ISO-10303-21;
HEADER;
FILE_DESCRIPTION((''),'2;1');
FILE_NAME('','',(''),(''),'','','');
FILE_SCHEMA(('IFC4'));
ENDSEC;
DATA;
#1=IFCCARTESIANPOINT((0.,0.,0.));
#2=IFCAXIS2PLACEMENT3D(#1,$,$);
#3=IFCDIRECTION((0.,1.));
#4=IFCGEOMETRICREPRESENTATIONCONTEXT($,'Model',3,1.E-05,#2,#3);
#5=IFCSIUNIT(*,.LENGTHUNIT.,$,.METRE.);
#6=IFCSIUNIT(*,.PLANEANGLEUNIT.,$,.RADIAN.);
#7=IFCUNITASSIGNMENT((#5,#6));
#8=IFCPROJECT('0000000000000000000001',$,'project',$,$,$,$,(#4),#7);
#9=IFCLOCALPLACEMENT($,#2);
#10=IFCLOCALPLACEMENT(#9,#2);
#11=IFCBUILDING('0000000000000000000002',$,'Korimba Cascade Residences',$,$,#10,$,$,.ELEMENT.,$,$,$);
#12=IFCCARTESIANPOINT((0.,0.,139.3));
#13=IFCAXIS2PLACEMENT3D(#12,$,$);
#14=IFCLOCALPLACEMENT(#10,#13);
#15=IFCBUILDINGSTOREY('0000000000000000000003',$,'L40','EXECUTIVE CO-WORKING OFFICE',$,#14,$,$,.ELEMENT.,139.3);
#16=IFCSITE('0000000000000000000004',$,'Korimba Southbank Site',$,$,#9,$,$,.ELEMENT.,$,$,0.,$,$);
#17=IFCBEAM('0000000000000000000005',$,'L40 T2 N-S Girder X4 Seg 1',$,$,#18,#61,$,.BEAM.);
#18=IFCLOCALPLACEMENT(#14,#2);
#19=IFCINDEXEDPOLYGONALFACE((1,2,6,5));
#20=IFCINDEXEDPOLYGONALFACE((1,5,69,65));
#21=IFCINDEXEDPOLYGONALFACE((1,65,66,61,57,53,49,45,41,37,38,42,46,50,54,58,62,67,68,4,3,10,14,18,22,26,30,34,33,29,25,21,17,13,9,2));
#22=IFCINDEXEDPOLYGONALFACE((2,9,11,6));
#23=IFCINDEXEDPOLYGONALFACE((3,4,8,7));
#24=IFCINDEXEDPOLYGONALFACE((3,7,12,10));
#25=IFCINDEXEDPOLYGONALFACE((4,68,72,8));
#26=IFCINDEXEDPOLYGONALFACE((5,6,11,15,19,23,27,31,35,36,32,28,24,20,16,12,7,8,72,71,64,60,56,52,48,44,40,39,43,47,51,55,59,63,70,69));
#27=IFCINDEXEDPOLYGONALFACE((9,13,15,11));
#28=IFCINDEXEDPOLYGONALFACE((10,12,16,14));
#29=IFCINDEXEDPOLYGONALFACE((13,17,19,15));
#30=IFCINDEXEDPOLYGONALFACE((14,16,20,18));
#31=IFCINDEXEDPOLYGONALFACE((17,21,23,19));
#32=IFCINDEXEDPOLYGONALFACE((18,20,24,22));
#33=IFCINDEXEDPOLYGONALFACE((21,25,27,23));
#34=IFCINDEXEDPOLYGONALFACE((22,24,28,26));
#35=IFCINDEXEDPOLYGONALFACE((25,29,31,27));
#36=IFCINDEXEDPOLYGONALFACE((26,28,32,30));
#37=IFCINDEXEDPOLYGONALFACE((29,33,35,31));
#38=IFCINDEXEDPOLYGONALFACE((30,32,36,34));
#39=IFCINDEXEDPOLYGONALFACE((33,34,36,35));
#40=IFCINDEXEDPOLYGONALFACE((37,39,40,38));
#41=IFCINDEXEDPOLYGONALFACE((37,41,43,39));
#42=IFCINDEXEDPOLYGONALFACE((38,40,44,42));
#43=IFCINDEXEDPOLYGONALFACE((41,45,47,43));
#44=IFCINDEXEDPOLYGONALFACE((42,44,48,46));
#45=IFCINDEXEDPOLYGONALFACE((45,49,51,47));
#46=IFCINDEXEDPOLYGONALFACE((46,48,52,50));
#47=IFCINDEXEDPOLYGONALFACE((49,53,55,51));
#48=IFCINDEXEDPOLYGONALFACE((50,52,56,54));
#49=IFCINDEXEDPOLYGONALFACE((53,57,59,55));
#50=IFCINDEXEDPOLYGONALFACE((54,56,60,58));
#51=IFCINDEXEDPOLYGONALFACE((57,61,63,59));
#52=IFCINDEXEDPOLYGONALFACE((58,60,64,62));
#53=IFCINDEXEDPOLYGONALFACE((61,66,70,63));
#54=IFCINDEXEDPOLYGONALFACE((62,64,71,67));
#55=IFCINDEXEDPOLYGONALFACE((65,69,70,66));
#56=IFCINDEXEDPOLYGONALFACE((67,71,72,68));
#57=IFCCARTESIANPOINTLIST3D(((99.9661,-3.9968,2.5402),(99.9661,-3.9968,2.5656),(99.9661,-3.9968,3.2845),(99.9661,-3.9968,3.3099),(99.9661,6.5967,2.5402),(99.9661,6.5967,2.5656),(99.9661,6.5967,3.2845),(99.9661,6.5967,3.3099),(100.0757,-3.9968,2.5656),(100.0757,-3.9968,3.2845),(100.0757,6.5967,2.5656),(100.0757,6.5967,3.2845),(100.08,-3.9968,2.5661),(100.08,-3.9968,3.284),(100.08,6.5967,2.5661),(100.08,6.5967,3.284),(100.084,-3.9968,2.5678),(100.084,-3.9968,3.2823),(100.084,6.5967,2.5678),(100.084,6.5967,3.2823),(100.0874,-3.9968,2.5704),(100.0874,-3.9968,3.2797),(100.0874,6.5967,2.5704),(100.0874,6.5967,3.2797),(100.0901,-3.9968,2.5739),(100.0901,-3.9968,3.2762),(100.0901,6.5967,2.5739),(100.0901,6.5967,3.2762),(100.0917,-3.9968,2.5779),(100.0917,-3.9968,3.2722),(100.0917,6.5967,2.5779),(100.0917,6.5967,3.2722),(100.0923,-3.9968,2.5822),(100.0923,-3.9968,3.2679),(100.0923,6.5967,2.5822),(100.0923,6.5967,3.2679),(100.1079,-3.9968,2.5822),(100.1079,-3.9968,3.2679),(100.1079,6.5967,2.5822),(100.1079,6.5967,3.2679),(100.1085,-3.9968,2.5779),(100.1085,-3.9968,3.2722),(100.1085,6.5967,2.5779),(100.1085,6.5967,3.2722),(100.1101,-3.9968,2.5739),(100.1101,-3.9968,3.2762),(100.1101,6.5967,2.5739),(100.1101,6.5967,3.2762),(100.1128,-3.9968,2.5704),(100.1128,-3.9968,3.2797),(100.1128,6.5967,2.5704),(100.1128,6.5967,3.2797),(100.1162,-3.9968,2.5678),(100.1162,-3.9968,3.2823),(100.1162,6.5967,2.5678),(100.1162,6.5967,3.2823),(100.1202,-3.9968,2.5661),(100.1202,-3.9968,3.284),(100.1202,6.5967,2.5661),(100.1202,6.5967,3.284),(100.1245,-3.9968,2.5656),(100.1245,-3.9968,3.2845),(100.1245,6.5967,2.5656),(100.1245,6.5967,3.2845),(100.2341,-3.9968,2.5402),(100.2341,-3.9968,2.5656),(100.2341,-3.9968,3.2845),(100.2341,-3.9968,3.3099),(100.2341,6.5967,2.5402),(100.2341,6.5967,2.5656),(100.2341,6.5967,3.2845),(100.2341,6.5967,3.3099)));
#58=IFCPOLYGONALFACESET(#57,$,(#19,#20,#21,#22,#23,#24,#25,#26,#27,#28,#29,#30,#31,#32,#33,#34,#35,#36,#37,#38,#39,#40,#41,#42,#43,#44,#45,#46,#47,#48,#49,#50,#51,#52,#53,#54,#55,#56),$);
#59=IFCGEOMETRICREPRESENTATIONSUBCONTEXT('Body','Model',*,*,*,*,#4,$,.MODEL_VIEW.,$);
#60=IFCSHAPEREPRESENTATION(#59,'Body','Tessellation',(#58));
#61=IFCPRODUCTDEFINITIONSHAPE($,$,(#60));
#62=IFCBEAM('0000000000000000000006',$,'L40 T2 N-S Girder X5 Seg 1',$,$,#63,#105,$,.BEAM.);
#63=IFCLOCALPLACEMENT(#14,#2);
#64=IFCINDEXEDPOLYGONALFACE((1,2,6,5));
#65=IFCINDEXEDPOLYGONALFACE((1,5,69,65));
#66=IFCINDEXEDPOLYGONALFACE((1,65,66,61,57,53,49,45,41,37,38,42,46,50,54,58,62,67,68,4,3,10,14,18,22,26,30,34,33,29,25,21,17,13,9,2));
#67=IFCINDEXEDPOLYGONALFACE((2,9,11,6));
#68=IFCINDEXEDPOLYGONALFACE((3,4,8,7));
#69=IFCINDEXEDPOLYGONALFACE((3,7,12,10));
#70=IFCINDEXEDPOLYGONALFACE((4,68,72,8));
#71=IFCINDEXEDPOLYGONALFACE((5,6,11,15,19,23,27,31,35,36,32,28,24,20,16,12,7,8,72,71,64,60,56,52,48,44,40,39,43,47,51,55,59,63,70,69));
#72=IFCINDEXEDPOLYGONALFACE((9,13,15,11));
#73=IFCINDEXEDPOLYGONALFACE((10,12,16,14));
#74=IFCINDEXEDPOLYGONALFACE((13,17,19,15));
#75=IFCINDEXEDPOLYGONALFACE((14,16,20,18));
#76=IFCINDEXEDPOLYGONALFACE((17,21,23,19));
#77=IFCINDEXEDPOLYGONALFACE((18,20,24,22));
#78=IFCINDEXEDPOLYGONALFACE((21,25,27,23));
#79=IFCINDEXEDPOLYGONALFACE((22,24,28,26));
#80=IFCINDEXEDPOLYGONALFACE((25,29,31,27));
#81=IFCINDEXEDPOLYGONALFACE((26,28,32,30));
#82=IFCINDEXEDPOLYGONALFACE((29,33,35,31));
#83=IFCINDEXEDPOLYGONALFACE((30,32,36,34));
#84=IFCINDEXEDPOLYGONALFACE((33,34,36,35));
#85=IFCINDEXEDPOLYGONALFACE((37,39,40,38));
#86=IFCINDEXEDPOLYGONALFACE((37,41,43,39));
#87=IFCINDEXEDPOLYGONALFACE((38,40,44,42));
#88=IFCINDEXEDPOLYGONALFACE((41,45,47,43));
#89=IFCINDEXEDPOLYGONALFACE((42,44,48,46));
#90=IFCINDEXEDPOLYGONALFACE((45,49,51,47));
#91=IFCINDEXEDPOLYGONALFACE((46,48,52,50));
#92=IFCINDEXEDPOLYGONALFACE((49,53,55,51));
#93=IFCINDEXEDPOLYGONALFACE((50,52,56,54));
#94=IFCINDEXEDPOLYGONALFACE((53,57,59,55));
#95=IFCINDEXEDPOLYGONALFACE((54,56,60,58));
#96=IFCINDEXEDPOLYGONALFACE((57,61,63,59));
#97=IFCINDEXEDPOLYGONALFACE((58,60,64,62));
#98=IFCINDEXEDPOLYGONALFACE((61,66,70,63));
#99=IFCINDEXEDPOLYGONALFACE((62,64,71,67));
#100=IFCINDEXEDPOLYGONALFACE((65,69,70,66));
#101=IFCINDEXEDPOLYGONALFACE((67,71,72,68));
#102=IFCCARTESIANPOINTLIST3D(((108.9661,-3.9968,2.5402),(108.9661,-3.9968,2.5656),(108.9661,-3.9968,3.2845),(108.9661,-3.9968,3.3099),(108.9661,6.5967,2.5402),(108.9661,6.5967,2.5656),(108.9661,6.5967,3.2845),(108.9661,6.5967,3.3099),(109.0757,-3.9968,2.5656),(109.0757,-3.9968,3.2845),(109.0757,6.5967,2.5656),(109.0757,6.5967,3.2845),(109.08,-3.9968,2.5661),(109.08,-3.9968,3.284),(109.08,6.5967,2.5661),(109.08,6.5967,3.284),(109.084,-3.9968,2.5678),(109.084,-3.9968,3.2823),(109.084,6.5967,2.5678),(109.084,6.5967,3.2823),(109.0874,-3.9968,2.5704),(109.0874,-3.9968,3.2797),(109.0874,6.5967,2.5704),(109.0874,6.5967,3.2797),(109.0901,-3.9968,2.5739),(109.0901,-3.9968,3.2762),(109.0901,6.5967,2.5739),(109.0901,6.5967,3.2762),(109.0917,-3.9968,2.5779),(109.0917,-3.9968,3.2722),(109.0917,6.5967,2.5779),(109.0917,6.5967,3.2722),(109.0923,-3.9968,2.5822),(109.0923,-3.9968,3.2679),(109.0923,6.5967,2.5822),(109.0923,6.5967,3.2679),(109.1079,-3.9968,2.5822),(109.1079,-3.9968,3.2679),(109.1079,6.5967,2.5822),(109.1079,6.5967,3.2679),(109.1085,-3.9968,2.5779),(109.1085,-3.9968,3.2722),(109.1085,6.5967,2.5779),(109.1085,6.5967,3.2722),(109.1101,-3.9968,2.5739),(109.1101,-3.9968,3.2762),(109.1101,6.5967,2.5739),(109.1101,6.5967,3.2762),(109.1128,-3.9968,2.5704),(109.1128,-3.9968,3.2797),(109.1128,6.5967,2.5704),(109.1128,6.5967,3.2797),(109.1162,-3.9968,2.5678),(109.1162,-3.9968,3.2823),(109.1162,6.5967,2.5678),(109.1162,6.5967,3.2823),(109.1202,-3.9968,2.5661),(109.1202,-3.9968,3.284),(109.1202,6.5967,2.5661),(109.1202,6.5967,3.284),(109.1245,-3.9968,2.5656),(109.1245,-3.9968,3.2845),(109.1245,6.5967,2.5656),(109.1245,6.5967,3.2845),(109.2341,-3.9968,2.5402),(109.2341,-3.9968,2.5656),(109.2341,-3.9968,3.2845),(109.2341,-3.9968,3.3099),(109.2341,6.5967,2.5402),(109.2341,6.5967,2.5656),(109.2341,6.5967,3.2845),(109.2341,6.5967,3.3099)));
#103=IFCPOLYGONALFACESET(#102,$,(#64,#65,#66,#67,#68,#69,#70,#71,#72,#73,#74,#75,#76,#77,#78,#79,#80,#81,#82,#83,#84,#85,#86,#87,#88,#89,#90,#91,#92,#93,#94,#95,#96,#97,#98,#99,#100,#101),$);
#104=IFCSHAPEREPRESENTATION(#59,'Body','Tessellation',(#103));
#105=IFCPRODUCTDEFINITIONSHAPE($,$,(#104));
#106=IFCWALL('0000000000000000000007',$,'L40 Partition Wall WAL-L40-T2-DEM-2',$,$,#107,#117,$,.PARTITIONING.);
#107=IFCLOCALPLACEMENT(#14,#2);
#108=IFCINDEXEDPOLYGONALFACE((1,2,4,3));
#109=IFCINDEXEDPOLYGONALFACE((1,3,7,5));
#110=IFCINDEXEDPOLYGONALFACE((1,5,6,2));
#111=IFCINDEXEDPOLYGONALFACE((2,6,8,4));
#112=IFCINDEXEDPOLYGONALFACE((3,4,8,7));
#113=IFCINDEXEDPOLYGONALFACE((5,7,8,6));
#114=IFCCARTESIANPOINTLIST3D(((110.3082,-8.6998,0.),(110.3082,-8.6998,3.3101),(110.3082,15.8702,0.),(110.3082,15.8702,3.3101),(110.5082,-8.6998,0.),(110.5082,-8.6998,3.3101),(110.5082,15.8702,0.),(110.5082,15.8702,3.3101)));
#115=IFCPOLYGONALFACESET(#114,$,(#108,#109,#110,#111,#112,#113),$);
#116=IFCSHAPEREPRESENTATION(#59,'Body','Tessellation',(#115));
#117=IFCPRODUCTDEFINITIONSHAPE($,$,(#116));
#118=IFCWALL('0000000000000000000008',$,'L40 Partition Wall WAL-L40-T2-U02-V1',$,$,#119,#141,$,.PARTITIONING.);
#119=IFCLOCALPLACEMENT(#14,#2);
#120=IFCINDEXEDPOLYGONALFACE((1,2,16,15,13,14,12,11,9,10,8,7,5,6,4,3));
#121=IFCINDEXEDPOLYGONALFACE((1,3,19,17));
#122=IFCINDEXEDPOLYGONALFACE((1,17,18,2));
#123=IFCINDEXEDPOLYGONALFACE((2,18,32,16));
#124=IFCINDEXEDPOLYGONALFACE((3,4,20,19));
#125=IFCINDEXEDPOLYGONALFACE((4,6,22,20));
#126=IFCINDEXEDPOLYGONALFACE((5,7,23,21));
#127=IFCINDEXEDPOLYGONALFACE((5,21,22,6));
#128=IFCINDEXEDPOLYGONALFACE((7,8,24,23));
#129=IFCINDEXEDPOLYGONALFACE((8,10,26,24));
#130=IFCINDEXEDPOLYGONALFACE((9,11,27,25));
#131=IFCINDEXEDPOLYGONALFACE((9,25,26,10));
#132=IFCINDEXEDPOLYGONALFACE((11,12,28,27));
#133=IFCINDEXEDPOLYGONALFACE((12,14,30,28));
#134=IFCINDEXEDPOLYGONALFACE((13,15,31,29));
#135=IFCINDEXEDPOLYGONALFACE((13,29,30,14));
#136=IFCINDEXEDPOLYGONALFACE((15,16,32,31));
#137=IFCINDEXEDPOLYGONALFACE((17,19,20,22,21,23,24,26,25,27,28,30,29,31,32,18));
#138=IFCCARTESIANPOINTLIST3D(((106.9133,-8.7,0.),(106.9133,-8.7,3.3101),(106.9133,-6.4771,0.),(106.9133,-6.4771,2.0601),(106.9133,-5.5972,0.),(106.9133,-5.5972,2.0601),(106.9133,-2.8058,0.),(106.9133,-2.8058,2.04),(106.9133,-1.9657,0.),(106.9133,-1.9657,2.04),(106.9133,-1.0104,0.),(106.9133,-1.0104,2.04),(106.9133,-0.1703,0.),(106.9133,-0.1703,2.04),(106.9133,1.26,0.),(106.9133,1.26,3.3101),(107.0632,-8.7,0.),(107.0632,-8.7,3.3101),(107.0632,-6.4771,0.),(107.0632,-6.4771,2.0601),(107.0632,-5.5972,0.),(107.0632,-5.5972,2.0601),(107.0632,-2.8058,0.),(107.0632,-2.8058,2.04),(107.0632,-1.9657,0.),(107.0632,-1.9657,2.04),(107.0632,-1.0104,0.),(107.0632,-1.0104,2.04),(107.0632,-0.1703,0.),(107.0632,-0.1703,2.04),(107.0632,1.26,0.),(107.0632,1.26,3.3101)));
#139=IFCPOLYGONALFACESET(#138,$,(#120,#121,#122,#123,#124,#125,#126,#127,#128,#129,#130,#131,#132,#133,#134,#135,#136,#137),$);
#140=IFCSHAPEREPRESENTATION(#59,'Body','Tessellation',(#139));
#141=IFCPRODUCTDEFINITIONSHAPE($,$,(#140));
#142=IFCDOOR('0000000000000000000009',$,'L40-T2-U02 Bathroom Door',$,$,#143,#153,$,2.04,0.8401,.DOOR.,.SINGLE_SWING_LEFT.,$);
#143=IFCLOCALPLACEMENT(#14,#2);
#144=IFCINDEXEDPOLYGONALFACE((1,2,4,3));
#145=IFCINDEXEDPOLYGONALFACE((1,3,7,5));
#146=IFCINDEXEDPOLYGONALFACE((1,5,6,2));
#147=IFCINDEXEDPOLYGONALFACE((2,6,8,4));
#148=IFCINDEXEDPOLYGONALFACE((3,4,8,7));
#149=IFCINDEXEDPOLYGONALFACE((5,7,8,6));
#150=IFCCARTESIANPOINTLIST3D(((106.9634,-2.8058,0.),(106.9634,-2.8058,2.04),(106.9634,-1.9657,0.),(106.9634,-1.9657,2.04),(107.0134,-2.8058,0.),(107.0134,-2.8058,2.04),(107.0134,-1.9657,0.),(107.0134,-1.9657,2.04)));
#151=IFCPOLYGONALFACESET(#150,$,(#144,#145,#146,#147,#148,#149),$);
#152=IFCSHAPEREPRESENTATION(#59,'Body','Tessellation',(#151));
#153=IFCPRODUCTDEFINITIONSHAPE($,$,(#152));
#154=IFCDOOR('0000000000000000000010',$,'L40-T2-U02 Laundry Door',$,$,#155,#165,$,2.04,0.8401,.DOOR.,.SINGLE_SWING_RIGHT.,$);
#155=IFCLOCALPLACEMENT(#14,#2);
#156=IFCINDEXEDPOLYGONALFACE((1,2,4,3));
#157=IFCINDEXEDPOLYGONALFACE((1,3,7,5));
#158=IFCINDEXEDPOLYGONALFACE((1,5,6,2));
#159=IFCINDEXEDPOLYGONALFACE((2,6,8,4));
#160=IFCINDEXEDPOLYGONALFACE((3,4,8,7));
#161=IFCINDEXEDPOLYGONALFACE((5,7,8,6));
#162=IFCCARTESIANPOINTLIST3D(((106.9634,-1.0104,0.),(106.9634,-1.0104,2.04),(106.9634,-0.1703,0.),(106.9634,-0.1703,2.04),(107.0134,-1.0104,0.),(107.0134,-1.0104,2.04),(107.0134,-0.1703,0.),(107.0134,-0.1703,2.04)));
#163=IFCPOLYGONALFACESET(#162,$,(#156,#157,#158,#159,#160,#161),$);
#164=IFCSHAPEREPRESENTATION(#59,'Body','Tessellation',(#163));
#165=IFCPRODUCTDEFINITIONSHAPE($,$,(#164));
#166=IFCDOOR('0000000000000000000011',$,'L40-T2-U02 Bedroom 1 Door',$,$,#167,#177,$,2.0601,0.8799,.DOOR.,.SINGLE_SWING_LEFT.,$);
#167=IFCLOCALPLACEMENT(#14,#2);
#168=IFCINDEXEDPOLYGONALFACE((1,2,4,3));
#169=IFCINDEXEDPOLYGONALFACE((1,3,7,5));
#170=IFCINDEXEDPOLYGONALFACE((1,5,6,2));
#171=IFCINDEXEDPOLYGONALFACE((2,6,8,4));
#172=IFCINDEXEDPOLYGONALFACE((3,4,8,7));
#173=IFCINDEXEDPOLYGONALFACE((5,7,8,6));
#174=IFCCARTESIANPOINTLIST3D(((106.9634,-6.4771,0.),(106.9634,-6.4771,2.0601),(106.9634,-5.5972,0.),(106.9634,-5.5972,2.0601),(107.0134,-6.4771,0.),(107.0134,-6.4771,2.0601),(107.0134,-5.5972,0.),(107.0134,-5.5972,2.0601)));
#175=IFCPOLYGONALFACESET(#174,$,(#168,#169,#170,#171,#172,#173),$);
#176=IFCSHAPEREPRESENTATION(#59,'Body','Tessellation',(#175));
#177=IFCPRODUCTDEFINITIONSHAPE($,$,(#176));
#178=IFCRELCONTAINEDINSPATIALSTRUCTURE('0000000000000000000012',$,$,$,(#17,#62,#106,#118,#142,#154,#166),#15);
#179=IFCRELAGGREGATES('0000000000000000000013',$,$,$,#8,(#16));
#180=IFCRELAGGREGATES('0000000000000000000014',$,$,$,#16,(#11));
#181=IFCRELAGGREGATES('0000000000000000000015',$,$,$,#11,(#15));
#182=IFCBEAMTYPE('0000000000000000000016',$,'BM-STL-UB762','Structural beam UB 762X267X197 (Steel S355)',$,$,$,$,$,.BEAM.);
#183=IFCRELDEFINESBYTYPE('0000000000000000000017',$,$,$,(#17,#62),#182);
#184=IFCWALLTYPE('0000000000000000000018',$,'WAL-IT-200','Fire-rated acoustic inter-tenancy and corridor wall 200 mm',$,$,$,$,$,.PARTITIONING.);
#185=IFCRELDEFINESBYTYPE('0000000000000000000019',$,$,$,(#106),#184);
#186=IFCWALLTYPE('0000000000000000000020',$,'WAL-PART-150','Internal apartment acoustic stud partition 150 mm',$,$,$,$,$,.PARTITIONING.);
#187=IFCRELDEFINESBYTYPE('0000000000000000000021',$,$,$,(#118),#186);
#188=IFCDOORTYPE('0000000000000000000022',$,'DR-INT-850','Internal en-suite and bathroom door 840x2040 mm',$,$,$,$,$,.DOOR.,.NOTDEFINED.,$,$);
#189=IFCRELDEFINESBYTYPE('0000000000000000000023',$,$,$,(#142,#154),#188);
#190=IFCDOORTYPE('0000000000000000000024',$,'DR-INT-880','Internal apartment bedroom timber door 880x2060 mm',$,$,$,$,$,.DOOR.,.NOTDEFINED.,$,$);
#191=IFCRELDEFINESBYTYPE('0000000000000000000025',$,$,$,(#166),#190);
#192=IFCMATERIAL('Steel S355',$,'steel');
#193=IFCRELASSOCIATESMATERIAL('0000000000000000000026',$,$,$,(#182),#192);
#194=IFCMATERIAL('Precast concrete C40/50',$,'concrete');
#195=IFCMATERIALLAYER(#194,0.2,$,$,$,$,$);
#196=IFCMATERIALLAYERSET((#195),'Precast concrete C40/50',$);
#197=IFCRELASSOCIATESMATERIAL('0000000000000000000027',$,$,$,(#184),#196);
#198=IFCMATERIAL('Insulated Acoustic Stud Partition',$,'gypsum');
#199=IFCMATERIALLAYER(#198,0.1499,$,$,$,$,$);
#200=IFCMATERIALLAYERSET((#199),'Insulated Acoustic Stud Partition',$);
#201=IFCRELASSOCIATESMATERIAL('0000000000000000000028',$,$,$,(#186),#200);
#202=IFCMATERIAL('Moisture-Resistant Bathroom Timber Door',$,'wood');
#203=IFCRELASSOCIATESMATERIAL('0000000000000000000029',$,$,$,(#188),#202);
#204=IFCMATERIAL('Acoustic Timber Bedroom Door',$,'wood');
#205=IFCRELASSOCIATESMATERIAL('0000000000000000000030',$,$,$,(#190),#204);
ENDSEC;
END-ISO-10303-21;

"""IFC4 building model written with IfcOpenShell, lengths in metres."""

from ifc_helpers import new_model, si_unit, direction, frame, frame_2d, origin, origin_2d, place, context, subcontext, project, spatial, rectangle, i_section, extrude, material, layer, layer_set, material_profile, profile_set, type_object, element, fill, save


model = new_model("IFC4")

# Units and contexts
model_context = context("Model", 3, precision=1e-05, world=origin(), true_north=direction((0.0, 1.0)))
body_context = subcontext(model_context, "Body", "Model", "MODEL_VIEW")
ifc_project = project(units=[si_unit("LENGTHUNIT", "METRE"), si_unit("PLANEANGLEUNIT", "RADIAN")], contexts=[model_context])

# Site, building, storey
site_placement = place(None, origin())
site = spatial("IfcSite", under=ifc_project, at=site_placement, Name="Korimba Southbank Site", CompositionType="ELEMENT", RefElevation=0.0)
building_placement = place(site_placement, origin())
building = spatial("IfcBuilding", under=site, at=building_placement, Name="Korimba Cascade Residences", CompositionType="ELEMENT")
storey_placement = place(building_placement, frame((0.0, 0.0, 139.3)))
storey = spatial("IfcBuildingStorey", under=building, at=storey_placement, Name="L40", Description="EXECUTIVE CO-WORKING OFFICE", CompositionType="ELEMENT", Elevation=139.3)

# Beams
ifc_material_1 = material(Name="Steel S355", Category="steel")
ifc_material_profile_1 = material_profile(ifc_material_1, i_section(OverallWidth=0.2681, OverallDepth=0.7698, WebThickness=0.0156, FlangeThickness=0.0254, FilletRadius=0.0166, at=origin_2d()), Name="Steel S355")
ifc_profile_set_1 = profile_set([ifc_material_profile_1], Name="Steel S355")
beam_type_1 = type_object("IfcBeamType", Name="BM-STL-UB762", Description="Structural beam UB 762X267X197 (Steel S355)", PredefinedType="BEAM", material=ifc_profile_set_1)
for number, where, z_axis, x_axis, name in (
    (1, (100.1001, -3.9968, 2.925), (0.0, 1.0, 0.0), (-1.0, 0.0, 0.0), "L40 T2 N-S Girder X4 Seg 1"),
    (2, (109.1001, -3.9968, 2.925), (0.0, 1.0, 0.0), (-1.0, 0.0, 0.0), "L40 T2 N-S Girder X5 Seg 1"),
):
    element("IfcBeam", number, at=place(storey_placement, frame(where, z_axis=z_axis, x_axis=x_axis)), inside=storey, type_object=beam_type_1, Name=name, PredefinedType="BEAM", context=body_context, shape_type="SweptSolid", body=[
        extrude(i_section(OverallWidth=0.2681, OverallDepth=0.7698, WebThickness=0.0156, FlangeThickness=0.0254, FilletRadius=0.0166, at=origin_2d()), origin(), (0.0, 0.0, 1.0), 10.5935),
    ])

# Wall
ifc_material_2 = material(Name="Precast concrete C40/50", Category="concrete")
ifc_layer_1 = layer(ifc_material_2, 0.2)
ifc_layer_set_1 = layer_set([ifc_layer_1], Name="Precast concrete C40/50")
wall_type_1 = type_object("IfcWallType", Name="WAL-IT-200", Description="Fire-rated acoustic inter-tenancy and corridor wall 200 mm", PredefinedType="PARTITIONING", material=ifc_layer_set_1)
wall_1_placement = place(storey_placement, frame((110.4082, -8.7, 0.0), z_axis=(0.0, 0.0, 1.0), x_axis=(0.0, 1.0, 0.0)))
element("IfcWall", 3, at=wall_1_placement, inside=storey, type_object=wall_type_1, Name="L40 Partition Wall WAL-L40-T2-DEM-2", PredefinedType="PARTITIONING", context=body_context, shape_type="SweptSolid", body=[
    extrude(rectangle(XDim=24.5701, YDim=0.2, at=frame_2d((12.2852, 0.0))), origin(), (0.0, 0.0, 1.0), 3.3101),
])

# Wall, openings, doors
ifc_material_3 = material(Name="Insulated Acoustic Stud Partition", Category="gypsum")
ifc_layer_2 = layer(ifc_material_3, 0.1499)
ifc_layer_set_2 = layer_set([ifc_layer_2], Name="Insulated Acoustic Stud Partition")
wall_type_2 = type_object("IfcWallType", Name="WAL-PART-150", Description="Internal apartment acoustic stud partition 150 mm", PredefinedType="PARTITIONING", material=ifc_layer_set_2)
wall_2_placement = place(storey_placement, frame((106.9883, -8.7, 0.0), z_axis=(0.0, 0.0, 1.0), x_axis=(0.0, 1.0, 0.0)))
wall_2 = element("IfcWall", 4, at=wall_2_placement, inside=storey, type_object=wall_type_2, Name="L40 Partition Wall WAL-L40-T2-U02-V1", PredefinedType="PARTITIONING", context=body_context, shape_type="SweptSolid", body=[
    extrude(rectangle(XDim=9.96, YDim=0.1499, at=frame_2d((4.98, 0.0))), origin(), (0.0, 0.0, 1.0), 3.3101),
])
opening_1_placement = place(wall_2_placement, frame((5.8943, 0.0, 0.0)))
opening_1 = element("IfcOpeningElement", 5, at=opening_1_placement, cuts=wall_2, PredefinedType="OPENING", context=body_context, shape_type="SweptSolid", body=[
    extrude(rectangle(XDim=0.8401, YDim=2.04, at=frame_2d((0.4199, 1.02))), frame((0.0, 0.085, 0.0), z_axis=(0.0, -1.0, 0.0), x_axis=(1.0, 0.0, 0.0)), (0.0, 0.0, 1.0), 0.1699),
])
opening_2_placement = place(wall_2_placement, frame((7.6897, 0.0, 0.0)))
opening_2 = element("IfcOpeningElement", 6, at=opening_2_placement, cuts=wall_2, PredefinedType="OPENING", context=body_context, shape_type="SweptSolid", body=[
    extrude(rectangle(XDim=0.8401, YDim=2.04, at=frame_2d((0.4199, 1.02))), frame((0.0, 0.085, 0.0), z_axis=(0.0, -1.0, 0.0), x_axis=(1.0, 0.0, 0.0)), (0.0, 0.0, 1.0), 0.1699),
])
opening_3_placement = place(wall_2_placement, frame((2.2229, 0.0, 0.0)))
opening_3 = element("IfcOpeningElement", 7, at=opening_3_placement, cuts=wall_2, PredefinedType="OPENING", context=body_context, shape_type="SweptSolid", body=[
    extrude(rectangle(XDim=0.8799, YDim=2.0601, at=frame_2d((0.4399, 1.03))), frame((0.0, 0.085, 0.0), z_axis=(0.0, -1.0, 0.0), x_axis=(1.0, 0.0, 0.0)), (0.0, 0.0, 1.0), 0.1699),
])
ifc_material_4 = material(Name="Moisture-Resistant Bathroom Timber Door", Category="wood")
door_type_1 = type_object("IfcDoorType", Name="DR-INT-850", Description="Internal en-suite and bathroom door 840x2040 mm", OperationType="NOTDEFINED", PredefinedType="DOOR", material=ifc_material_4)
door_1_placement = place(opening_1_placement, origin())
door_1 = element("IfcDoor", 8, at=door_1_placement, inside=storey, type_object=door_type_1, Name="L40-T2-U02 Bathroom Door", OperationType="SINGLE_SWING_LEFT", OverallHeight=2.04, OverallWidth=0.8401, PredefinedType="DOOR", context=body_context, shape_type="SweptSolid", body=[
    extrude(rectangle(XDim=0.8401, YDim=2.04, at=frame_2d((0.4199, 1.02))), frame((0.0, 0.0249, 0.0), z_axis=(0.0, -1.0, 0.0), x_axis=(1.0, 0.0, 0.0)), (0.0, 0.0, 1.0), 0.05),
])
fill(opening_1, door_1)
door_2_placement = place(opening_2_placement, origin())
door_2 = element("IfcDoor", 9, at=door_2_placement, inside=storey, type_object=door_type_1, Name="L40-T2-U02 Laundry Door", OperationType="SINGLE_SWING_RIGHT", OverallHeight=2.04, OverallWidth=0.8401, PredefinedType="DOOR", context=body_context, shape_type="SweptSolid", body=[
    extrude(rectangle(XDim=0.8401, YDim=2.04, at=frame_2d((0.4199, 1.02))), frame((0.0, 0.0249, 0.0), z_axis=(0.0, -1.0, 0.0), x_axis=(1.0, 0.0, 0.0)), (0.0, 0.0, 1.0), 0.05),
])
fill(opening_2, door_2)
ifc_material_5 = material(Name="Acoustic Timber Bedroom Door", Category="wood")
door_type_2 = type_object("IfcDoorType", Name="DR-INT-880", Description="Internal apartment bedroom timber door 880x2060 mm", OperationType="NOTDEFINED", PredefinedType="DOOR", material=ifc_material_5)
door_3_placement = place(opening_3_placement, origin())
door_3 = element("IfcDoor", 10, at=door_3_placement, inside=storey, type_object=door_type_2, Name="L40-T2-U02 Bedroom 1 Door", OperationType="SINGLE_SWING_LEFT", OverallHeight=2.0601, OverallWidth=0.8799, PredefinedType="DOOR", context=body_context, shape_type="SweptSolid", body=[
    extrude(rectangle(XDim=0.8799, YDim=2.0601, at=frame_2d((0.4399, 1.03))), frame((0.0, 0.0249, 0.0), z_axis=(0.0, -1.0, 0.0), x_axis=(1.0, 0.0, 0.0)), (0.0, 0.0, 1.0), 0.05),
])
fill(opening_3, door_3)

save(model, "model.ifc")
